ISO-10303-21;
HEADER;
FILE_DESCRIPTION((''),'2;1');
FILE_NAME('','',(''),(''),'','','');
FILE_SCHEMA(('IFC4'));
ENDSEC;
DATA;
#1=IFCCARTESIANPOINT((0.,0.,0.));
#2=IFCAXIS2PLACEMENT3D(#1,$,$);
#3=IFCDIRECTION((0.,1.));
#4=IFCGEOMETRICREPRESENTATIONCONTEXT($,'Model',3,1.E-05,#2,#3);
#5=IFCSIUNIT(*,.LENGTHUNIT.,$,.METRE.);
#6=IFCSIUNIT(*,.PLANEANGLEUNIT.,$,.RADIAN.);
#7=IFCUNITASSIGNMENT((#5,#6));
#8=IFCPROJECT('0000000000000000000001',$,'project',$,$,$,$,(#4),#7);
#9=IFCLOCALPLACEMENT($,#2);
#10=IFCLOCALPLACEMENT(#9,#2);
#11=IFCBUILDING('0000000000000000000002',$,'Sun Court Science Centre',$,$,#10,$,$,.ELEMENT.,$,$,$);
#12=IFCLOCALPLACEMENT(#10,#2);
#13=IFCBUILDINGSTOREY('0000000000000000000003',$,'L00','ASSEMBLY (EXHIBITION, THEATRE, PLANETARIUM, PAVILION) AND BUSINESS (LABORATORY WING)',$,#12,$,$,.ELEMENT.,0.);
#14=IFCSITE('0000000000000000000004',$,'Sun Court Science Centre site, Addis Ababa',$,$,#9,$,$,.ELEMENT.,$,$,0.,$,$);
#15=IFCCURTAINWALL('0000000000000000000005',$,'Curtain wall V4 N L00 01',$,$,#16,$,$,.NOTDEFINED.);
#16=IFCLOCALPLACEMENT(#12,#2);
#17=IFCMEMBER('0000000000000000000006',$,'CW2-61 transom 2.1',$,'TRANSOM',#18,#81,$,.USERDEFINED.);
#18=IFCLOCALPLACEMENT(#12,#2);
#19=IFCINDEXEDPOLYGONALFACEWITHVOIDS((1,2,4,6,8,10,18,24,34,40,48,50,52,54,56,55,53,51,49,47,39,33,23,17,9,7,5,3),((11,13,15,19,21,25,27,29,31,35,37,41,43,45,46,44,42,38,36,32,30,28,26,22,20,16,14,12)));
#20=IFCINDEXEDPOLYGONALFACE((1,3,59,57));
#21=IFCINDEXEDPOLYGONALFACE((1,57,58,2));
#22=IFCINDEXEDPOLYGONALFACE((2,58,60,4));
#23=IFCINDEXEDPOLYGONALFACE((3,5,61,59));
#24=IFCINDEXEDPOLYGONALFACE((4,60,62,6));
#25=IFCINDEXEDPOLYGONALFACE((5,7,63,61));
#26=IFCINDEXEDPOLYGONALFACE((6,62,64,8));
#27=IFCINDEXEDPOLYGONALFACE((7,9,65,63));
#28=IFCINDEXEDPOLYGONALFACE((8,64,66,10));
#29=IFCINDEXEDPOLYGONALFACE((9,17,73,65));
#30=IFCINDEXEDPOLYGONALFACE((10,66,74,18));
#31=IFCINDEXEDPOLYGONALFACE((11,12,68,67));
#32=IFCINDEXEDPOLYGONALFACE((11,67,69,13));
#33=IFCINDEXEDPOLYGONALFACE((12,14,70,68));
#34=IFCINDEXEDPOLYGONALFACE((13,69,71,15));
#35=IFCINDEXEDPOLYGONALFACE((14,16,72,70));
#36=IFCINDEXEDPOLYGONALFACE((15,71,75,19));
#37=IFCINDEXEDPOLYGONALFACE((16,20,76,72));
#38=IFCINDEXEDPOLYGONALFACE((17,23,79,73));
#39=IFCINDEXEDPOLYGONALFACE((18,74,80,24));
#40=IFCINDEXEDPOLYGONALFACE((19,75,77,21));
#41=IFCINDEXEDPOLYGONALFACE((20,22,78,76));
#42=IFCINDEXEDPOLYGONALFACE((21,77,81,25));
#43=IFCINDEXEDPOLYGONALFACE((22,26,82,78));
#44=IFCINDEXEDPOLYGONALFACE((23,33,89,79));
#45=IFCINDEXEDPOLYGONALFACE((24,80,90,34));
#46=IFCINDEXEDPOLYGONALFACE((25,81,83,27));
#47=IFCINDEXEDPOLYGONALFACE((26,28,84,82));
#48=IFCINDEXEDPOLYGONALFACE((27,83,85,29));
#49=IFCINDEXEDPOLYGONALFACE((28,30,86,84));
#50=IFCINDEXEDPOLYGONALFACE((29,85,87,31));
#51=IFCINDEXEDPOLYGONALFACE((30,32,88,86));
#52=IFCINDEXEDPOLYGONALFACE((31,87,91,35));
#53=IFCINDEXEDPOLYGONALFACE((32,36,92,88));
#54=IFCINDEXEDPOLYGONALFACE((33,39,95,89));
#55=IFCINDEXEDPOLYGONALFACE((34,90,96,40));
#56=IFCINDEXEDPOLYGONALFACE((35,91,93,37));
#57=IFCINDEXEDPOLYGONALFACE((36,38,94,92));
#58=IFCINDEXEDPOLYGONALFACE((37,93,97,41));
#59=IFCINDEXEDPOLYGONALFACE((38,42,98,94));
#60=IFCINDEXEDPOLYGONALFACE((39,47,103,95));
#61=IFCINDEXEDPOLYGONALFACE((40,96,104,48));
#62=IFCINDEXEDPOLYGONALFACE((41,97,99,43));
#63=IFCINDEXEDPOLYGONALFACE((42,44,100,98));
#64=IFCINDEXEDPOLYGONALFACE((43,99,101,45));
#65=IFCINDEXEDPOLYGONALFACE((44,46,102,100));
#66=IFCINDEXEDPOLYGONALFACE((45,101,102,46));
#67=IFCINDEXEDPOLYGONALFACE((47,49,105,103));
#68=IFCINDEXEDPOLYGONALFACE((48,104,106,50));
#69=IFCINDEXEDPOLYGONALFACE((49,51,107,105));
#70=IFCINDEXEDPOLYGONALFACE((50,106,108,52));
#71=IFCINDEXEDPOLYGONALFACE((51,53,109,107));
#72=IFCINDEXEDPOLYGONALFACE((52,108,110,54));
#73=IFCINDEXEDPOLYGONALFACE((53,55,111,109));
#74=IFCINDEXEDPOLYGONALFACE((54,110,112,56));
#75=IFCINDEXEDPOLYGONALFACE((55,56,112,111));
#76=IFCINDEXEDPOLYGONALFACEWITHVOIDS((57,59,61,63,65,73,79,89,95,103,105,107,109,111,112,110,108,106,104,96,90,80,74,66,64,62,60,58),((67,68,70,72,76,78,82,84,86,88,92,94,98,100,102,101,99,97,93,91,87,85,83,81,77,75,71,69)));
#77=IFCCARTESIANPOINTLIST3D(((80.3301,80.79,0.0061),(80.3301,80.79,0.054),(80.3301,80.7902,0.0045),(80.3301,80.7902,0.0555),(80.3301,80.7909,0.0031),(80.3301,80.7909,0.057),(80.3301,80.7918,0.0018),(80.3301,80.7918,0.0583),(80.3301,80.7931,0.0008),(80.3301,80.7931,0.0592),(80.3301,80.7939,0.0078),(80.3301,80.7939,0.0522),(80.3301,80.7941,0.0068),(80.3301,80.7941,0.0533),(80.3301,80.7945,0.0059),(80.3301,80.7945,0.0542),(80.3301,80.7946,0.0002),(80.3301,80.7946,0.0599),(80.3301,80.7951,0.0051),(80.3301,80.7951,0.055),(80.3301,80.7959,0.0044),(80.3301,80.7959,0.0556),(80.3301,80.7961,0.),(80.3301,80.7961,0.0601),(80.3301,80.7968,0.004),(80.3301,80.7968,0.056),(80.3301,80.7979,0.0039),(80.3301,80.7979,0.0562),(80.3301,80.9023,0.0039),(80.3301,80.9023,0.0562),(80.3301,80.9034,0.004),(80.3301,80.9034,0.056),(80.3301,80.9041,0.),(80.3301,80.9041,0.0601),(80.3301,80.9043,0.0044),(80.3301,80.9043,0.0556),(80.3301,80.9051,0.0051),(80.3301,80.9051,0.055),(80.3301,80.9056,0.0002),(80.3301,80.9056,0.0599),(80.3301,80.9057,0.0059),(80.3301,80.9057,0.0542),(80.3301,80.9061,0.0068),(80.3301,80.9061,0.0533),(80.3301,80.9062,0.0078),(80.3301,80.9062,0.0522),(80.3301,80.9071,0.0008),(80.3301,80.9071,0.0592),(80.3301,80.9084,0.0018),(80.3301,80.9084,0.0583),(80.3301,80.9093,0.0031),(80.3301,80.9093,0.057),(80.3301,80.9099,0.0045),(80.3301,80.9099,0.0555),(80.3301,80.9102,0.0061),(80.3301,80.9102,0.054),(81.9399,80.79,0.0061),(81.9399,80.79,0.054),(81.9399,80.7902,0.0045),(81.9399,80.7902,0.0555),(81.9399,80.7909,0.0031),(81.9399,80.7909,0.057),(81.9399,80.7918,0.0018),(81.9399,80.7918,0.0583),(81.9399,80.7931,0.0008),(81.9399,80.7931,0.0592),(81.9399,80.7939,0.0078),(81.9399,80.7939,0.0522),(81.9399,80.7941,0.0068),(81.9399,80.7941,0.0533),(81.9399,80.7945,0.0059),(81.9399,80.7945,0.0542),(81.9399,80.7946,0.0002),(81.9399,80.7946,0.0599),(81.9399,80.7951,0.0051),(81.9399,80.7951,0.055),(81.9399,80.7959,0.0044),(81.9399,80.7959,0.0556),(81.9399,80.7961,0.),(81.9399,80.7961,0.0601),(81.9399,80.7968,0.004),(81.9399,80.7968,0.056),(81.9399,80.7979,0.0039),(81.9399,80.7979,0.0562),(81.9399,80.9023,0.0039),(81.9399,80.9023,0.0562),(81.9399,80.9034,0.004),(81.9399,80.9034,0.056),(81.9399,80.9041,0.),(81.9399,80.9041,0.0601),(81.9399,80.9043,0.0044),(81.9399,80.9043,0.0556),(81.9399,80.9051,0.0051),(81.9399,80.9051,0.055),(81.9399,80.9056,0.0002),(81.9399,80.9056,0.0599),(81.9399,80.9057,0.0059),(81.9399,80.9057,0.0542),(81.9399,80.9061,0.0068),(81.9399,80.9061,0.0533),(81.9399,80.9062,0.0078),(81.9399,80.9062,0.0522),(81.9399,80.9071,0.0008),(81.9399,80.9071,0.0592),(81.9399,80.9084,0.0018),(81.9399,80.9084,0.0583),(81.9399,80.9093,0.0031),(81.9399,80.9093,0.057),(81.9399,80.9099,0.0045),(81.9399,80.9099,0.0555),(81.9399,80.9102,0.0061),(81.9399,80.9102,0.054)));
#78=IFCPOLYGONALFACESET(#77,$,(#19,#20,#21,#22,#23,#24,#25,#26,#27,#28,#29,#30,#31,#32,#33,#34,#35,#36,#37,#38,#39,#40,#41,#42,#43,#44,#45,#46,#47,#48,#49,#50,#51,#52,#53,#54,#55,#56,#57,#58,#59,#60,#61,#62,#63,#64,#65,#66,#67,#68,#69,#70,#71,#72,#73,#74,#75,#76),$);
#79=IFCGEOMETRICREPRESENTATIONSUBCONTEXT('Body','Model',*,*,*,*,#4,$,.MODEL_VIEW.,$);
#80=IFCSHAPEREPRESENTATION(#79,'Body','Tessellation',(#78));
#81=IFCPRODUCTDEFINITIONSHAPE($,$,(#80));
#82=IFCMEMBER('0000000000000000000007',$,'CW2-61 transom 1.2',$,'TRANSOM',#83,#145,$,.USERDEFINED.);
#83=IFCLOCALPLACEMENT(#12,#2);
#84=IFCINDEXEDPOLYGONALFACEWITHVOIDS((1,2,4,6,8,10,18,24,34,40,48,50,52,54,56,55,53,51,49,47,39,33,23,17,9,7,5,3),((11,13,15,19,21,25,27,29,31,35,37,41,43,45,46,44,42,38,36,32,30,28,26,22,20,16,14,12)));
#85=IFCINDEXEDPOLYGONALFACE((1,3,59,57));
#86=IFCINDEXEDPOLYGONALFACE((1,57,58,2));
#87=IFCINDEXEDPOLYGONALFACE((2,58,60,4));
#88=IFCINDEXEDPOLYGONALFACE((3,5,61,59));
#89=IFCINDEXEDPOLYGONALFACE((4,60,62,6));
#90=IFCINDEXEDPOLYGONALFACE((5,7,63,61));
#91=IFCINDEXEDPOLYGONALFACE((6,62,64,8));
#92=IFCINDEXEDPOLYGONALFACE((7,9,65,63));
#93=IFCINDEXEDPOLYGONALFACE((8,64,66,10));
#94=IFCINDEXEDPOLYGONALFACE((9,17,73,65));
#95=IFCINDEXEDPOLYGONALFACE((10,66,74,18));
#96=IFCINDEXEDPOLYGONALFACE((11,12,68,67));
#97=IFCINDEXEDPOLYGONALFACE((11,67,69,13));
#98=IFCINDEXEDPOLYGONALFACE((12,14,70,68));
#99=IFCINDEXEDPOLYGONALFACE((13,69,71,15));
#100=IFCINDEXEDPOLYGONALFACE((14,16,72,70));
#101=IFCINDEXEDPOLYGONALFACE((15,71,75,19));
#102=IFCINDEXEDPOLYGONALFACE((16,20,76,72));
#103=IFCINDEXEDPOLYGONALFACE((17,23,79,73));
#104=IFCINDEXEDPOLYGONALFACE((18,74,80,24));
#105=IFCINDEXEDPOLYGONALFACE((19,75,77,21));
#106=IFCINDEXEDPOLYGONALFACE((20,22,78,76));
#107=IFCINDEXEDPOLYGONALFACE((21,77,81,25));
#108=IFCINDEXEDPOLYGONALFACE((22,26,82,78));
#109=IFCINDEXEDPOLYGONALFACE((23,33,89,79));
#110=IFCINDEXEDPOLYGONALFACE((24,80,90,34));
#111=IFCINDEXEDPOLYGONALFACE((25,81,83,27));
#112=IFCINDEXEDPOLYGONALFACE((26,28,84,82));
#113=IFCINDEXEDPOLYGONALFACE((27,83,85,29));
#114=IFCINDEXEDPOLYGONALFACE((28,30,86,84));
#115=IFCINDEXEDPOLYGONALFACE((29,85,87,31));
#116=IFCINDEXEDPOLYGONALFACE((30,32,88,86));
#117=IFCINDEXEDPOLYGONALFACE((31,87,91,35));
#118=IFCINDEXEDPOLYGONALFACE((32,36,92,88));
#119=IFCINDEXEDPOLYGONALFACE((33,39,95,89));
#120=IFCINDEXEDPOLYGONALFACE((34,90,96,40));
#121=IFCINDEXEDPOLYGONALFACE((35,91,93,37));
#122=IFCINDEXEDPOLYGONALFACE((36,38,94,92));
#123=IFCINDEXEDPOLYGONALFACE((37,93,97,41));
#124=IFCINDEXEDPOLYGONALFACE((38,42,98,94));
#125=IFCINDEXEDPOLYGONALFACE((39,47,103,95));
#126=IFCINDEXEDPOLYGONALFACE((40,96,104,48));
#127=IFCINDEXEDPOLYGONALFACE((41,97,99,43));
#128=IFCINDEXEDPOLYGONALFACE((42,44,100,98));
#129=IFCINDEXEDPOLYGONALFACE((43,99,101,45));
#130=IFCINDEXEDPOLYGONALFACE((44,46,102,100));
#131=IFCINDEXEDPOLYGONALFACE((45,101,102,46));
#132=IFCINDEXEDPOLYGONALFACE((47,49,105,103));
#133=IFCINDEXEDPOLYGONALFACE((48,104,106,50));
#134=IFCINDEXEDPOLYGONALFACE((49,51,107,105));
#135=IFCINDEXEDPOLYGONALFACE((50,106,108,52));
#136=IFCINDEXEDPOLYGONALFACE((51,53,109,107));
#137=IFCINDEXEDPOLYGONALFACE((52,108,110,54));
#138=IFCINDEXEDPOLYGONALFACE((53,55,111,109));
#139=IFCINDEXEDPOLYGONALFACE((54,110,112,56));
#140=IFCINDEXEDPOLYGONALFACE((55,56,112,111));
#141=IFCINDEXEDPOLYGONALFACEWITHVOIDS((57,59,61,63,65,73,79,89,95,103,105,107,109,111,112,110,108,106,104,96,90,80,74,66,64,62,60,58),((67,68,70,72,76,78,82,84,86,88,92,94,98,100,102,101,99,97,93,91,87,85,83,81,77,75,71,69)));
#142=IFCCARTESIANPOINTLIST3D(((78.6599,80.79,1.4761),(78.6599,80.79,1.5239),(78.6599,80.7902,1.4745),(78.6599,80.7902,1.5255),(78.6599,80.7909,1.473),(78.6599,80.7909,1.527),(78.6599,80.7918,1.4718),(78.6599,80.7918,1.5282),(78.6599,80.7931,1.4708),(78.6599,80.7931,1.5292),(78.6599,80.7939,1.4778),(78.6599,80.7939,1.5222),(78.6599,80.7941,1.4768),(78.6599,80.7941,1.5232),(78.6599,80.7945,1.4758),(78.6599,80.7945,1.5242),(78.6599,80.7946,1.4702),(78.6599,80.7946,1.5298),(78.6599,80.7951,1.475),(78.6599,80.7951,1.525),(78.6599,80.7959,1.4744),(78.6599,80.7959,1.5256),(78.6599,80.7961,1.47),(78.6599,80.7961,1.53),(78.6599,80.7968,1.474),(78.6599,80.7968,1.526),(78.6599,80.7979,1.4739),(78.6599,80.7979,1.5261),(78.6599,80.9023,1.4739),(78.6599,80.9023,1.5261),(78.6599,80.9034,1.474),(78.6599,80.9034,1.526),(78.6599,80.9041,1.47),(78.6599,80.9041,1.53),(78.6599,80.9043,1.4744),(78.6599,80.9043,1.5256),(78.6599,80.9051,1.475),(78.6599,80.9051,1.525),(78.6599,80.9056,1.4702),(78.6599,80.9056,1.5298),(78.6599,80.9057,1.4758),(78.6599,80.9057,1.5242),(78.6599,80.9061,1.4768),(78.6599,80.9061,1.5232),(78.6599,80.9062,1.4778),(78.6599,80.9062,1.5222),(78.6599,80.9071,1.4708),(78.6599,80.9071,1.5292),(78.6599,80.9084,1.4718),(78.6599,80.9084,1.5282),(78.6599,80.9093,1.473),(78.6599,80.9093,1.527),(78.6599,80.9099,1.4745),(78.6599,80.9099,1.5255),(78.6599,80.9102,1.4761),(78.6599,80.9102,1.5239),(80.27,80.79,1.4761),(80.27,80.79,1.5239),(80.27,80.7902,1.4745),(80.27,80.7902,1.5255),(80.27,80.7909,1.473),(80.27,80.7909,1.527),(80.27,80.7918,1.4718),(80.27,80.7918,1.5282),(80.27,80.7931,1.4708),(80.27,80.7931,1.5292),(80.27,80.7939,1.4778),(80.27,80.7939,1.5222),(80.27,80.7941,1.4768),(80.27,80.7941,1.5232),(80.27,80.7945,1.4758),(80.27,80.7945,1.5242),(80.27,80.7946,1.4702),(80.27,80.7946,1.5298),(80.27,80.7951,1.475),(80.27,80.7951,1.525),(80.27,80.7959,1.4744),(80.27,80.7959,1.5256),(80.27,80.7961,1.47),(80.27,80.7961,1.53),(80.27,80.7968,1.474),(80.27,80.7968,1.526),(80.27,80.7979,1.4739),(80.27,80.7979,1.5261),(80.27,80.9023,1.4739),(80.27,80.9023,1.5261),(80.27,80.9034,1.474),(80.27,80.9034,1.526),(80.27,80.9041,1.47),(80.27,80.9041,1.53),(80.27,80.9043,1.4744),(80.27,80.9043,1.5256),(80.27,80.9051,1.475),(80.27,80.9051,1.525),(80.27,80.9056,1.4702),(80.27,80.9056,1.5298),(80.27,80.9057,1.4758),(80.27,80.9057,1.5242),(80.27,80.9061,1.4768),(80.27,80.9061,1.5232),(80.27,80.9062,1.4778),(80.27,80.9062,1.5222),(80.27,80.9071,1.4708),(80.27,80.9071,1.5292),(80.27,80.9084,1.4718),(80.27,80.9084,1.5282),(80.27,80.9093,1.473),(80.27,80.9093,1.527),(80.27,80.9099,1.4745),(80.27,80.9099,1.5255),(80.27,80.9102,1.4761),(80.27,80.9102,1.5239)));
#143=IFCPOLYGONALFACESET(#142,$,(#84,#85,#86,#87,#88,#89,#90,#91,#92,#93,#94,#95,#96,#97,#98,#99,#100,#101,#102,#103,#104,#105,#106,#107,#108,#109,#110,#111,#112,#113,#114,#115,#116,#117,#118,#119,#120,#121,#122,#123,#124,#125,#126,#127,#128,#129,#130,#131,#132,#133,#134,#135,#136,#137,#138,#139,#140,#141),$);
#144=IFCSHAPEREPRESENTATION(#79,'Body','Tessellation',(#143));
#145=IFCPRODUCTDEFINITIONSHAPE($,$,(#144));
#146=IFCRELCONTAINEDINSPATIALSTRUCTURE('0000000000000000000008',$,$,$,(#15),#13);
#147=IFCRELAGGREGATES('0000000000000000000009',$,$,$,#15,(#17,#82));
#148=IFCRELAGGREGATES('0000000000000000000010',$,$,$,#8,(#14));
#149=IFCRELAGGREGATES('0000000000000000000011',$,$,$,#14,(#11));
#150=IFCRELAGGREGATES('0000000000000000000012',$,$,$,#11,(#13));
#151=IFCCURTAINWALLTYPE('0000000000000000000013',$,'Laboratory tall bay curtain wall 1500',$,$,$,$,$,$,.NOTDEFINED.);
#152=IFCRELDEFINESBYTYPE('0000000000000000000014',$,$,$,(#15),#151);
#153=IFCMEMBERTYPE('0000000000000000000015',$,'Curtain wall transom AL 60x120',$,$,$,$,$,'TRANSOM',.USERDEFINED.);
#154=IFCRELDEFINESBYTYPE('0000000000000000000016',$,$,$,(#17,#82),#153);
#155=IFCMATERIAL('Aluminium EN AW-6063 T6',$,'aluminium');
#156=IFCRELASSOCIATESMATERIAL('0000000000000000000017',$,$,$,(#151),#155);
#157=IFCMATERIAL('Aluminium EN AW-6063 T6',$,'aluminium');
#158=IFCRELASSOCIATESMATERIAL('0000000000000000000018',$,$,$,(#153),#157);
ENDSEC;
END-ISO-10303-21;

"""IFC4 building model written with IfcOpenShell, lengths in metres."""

from ifc_helpers import new_model, si_unit, direction, frame, origin, origin_2d, place, context, subcontext, project, spatial, hollow_rectangle, extrude, material, material_profile, profile_set, type_object, element, aggregate, save


model = new_model("IFC4")

# Units and contexts
model_context = context("Model", 3, precision=1e-05, world=origin(), true_north=direction((0.0, 1.0)))
body_context = subcontext(model_context, "Body", "Model", "MODEL_VIEW")
ifc_project = project(units=[si_unit("LENGTHUNIT", "METRE"), si_unit("PLANEANGLEUNIT", "RADIAN")], contexts=[model_context])

# Site, building, storey
site_placement = place(None, origin())
site = spatial("IfcSite", under=ifc_project, at=site_placement, Name="Sun Court Science Centre site, Addis Ababa", CompositionType="ELEMENT", RefElevation=0.0)
building_placement = place(site_placement, origin())
building = spatial("IfcBuilding", under=site, at=building_placement, Name="Sun Court Science Centre", CompositionType="ELEMENT")
storey_placement = place(building_placement, origin())
storey = spatial("IfcBuildingStorey", under=building, at=storey_placement, Name="L00", Description="ASSEMBLY (EXHIBITION, THEATRE, PLANETARIUM, PAVILION) AND BUSINESS (LABORATORY WING)", CompositionType="ELEMENT", Elevation=0.0)

# Shared definitions
ifc_material_1 = material(Name="Aluminium EN AW-6063 T6", Category="aluminium")
curtain_wall_type = type_object("IfcCurtainWallType", Name="Laboratory tall bay curtain wall 1500", PredefinedType="NOTDEFINED", material=ifc_material_1)

# Curtain wall, members
curtain_wall_1_placement = place(storey_placement, origin())
curtain_wall_1 = element("IfcCurtainWall", 1, at=curtain_wall_1_placement, inside=storey, type_object=curtain_wall_type, Name="Curtain wall V4 N L00 01", PredefinedType="NOTDEFINED")
ifc_material_2 = material(Name="Aluminium EN AW-6063 T6", Category="aluminium")
ifc_material_profile_1 = material_profile(ifc_material_2, hollow_rectangle(XDim=0.0601, YDim=0.1201, WallThickness=0.0039, InnerFilletRadius=0.0039, OuterFilletRadius=0.0061, at=origin_2d()), Name="AL 60x120x4")
ifc_profile_set_1 = profile_set([ifc_material_profile_1], Name="Aluminium EN AW-6063 T6")
member_type_1 = type_object("IfcMemberType", Name="Curtain wall transom AL 60x120", ElementType="TRANSOM", PredefinedType="USERDEFINED", material=ifc_profile_set_1)
member_1_placement = place(storey_placement, frame((80.3301, 80.8501, 0.03), z_axis=(1.0, 0.0, 0.0), x_axis=(0.0, 0.0, 1.0)))
member_1 = element("IfcMember", 2, at=member_1_placement, type_object=member_type_1, Name="CW2-61 transom 2.1", ObjectType="TRANSOM", PredefinedType="USERDEFINED", context=body_context, shape_type="SweptSolid", body=[
    extrude(hollow_rectangle(XDim=0.0601, YDim=0.1201, WallThickness=0.0039, InnerFilletRadius=0.0039, OuterFilletRadius=0.0061, at=origin_2d()), origin(), (0.0, 0.0, 1.0), 1.6099),
])
member_2_placement = place(storey_placement, frame((78.6599, 80.8501, 1.5), z_axis=(1.0, 0.0, 0.0), x_axis=(0.0, 0.0, 1.0)))
member_2 = element("IfcMember", 3, at=member_2_placement, type_object=member_type_1, Name="CW2-61 transom 1.2", ObjectType="TRANSOM", PredefinedType="USERDEFINED", context=body_context, shape_type="SweptSolid", body=[
    extrude(hollow_rectangle(XDim=0.0601, YDim=0.1201, WallThickness=0.0039, InnerFilletRadius=0.0039, OuterFilletRadius=0.0061, at=origin_2d()), origin(), (0.0, 0.0, 1.0), 1.6101),
])

aggregate(curtain_wall_1, [member_1, member_2])

save(model, "model.ifc")
